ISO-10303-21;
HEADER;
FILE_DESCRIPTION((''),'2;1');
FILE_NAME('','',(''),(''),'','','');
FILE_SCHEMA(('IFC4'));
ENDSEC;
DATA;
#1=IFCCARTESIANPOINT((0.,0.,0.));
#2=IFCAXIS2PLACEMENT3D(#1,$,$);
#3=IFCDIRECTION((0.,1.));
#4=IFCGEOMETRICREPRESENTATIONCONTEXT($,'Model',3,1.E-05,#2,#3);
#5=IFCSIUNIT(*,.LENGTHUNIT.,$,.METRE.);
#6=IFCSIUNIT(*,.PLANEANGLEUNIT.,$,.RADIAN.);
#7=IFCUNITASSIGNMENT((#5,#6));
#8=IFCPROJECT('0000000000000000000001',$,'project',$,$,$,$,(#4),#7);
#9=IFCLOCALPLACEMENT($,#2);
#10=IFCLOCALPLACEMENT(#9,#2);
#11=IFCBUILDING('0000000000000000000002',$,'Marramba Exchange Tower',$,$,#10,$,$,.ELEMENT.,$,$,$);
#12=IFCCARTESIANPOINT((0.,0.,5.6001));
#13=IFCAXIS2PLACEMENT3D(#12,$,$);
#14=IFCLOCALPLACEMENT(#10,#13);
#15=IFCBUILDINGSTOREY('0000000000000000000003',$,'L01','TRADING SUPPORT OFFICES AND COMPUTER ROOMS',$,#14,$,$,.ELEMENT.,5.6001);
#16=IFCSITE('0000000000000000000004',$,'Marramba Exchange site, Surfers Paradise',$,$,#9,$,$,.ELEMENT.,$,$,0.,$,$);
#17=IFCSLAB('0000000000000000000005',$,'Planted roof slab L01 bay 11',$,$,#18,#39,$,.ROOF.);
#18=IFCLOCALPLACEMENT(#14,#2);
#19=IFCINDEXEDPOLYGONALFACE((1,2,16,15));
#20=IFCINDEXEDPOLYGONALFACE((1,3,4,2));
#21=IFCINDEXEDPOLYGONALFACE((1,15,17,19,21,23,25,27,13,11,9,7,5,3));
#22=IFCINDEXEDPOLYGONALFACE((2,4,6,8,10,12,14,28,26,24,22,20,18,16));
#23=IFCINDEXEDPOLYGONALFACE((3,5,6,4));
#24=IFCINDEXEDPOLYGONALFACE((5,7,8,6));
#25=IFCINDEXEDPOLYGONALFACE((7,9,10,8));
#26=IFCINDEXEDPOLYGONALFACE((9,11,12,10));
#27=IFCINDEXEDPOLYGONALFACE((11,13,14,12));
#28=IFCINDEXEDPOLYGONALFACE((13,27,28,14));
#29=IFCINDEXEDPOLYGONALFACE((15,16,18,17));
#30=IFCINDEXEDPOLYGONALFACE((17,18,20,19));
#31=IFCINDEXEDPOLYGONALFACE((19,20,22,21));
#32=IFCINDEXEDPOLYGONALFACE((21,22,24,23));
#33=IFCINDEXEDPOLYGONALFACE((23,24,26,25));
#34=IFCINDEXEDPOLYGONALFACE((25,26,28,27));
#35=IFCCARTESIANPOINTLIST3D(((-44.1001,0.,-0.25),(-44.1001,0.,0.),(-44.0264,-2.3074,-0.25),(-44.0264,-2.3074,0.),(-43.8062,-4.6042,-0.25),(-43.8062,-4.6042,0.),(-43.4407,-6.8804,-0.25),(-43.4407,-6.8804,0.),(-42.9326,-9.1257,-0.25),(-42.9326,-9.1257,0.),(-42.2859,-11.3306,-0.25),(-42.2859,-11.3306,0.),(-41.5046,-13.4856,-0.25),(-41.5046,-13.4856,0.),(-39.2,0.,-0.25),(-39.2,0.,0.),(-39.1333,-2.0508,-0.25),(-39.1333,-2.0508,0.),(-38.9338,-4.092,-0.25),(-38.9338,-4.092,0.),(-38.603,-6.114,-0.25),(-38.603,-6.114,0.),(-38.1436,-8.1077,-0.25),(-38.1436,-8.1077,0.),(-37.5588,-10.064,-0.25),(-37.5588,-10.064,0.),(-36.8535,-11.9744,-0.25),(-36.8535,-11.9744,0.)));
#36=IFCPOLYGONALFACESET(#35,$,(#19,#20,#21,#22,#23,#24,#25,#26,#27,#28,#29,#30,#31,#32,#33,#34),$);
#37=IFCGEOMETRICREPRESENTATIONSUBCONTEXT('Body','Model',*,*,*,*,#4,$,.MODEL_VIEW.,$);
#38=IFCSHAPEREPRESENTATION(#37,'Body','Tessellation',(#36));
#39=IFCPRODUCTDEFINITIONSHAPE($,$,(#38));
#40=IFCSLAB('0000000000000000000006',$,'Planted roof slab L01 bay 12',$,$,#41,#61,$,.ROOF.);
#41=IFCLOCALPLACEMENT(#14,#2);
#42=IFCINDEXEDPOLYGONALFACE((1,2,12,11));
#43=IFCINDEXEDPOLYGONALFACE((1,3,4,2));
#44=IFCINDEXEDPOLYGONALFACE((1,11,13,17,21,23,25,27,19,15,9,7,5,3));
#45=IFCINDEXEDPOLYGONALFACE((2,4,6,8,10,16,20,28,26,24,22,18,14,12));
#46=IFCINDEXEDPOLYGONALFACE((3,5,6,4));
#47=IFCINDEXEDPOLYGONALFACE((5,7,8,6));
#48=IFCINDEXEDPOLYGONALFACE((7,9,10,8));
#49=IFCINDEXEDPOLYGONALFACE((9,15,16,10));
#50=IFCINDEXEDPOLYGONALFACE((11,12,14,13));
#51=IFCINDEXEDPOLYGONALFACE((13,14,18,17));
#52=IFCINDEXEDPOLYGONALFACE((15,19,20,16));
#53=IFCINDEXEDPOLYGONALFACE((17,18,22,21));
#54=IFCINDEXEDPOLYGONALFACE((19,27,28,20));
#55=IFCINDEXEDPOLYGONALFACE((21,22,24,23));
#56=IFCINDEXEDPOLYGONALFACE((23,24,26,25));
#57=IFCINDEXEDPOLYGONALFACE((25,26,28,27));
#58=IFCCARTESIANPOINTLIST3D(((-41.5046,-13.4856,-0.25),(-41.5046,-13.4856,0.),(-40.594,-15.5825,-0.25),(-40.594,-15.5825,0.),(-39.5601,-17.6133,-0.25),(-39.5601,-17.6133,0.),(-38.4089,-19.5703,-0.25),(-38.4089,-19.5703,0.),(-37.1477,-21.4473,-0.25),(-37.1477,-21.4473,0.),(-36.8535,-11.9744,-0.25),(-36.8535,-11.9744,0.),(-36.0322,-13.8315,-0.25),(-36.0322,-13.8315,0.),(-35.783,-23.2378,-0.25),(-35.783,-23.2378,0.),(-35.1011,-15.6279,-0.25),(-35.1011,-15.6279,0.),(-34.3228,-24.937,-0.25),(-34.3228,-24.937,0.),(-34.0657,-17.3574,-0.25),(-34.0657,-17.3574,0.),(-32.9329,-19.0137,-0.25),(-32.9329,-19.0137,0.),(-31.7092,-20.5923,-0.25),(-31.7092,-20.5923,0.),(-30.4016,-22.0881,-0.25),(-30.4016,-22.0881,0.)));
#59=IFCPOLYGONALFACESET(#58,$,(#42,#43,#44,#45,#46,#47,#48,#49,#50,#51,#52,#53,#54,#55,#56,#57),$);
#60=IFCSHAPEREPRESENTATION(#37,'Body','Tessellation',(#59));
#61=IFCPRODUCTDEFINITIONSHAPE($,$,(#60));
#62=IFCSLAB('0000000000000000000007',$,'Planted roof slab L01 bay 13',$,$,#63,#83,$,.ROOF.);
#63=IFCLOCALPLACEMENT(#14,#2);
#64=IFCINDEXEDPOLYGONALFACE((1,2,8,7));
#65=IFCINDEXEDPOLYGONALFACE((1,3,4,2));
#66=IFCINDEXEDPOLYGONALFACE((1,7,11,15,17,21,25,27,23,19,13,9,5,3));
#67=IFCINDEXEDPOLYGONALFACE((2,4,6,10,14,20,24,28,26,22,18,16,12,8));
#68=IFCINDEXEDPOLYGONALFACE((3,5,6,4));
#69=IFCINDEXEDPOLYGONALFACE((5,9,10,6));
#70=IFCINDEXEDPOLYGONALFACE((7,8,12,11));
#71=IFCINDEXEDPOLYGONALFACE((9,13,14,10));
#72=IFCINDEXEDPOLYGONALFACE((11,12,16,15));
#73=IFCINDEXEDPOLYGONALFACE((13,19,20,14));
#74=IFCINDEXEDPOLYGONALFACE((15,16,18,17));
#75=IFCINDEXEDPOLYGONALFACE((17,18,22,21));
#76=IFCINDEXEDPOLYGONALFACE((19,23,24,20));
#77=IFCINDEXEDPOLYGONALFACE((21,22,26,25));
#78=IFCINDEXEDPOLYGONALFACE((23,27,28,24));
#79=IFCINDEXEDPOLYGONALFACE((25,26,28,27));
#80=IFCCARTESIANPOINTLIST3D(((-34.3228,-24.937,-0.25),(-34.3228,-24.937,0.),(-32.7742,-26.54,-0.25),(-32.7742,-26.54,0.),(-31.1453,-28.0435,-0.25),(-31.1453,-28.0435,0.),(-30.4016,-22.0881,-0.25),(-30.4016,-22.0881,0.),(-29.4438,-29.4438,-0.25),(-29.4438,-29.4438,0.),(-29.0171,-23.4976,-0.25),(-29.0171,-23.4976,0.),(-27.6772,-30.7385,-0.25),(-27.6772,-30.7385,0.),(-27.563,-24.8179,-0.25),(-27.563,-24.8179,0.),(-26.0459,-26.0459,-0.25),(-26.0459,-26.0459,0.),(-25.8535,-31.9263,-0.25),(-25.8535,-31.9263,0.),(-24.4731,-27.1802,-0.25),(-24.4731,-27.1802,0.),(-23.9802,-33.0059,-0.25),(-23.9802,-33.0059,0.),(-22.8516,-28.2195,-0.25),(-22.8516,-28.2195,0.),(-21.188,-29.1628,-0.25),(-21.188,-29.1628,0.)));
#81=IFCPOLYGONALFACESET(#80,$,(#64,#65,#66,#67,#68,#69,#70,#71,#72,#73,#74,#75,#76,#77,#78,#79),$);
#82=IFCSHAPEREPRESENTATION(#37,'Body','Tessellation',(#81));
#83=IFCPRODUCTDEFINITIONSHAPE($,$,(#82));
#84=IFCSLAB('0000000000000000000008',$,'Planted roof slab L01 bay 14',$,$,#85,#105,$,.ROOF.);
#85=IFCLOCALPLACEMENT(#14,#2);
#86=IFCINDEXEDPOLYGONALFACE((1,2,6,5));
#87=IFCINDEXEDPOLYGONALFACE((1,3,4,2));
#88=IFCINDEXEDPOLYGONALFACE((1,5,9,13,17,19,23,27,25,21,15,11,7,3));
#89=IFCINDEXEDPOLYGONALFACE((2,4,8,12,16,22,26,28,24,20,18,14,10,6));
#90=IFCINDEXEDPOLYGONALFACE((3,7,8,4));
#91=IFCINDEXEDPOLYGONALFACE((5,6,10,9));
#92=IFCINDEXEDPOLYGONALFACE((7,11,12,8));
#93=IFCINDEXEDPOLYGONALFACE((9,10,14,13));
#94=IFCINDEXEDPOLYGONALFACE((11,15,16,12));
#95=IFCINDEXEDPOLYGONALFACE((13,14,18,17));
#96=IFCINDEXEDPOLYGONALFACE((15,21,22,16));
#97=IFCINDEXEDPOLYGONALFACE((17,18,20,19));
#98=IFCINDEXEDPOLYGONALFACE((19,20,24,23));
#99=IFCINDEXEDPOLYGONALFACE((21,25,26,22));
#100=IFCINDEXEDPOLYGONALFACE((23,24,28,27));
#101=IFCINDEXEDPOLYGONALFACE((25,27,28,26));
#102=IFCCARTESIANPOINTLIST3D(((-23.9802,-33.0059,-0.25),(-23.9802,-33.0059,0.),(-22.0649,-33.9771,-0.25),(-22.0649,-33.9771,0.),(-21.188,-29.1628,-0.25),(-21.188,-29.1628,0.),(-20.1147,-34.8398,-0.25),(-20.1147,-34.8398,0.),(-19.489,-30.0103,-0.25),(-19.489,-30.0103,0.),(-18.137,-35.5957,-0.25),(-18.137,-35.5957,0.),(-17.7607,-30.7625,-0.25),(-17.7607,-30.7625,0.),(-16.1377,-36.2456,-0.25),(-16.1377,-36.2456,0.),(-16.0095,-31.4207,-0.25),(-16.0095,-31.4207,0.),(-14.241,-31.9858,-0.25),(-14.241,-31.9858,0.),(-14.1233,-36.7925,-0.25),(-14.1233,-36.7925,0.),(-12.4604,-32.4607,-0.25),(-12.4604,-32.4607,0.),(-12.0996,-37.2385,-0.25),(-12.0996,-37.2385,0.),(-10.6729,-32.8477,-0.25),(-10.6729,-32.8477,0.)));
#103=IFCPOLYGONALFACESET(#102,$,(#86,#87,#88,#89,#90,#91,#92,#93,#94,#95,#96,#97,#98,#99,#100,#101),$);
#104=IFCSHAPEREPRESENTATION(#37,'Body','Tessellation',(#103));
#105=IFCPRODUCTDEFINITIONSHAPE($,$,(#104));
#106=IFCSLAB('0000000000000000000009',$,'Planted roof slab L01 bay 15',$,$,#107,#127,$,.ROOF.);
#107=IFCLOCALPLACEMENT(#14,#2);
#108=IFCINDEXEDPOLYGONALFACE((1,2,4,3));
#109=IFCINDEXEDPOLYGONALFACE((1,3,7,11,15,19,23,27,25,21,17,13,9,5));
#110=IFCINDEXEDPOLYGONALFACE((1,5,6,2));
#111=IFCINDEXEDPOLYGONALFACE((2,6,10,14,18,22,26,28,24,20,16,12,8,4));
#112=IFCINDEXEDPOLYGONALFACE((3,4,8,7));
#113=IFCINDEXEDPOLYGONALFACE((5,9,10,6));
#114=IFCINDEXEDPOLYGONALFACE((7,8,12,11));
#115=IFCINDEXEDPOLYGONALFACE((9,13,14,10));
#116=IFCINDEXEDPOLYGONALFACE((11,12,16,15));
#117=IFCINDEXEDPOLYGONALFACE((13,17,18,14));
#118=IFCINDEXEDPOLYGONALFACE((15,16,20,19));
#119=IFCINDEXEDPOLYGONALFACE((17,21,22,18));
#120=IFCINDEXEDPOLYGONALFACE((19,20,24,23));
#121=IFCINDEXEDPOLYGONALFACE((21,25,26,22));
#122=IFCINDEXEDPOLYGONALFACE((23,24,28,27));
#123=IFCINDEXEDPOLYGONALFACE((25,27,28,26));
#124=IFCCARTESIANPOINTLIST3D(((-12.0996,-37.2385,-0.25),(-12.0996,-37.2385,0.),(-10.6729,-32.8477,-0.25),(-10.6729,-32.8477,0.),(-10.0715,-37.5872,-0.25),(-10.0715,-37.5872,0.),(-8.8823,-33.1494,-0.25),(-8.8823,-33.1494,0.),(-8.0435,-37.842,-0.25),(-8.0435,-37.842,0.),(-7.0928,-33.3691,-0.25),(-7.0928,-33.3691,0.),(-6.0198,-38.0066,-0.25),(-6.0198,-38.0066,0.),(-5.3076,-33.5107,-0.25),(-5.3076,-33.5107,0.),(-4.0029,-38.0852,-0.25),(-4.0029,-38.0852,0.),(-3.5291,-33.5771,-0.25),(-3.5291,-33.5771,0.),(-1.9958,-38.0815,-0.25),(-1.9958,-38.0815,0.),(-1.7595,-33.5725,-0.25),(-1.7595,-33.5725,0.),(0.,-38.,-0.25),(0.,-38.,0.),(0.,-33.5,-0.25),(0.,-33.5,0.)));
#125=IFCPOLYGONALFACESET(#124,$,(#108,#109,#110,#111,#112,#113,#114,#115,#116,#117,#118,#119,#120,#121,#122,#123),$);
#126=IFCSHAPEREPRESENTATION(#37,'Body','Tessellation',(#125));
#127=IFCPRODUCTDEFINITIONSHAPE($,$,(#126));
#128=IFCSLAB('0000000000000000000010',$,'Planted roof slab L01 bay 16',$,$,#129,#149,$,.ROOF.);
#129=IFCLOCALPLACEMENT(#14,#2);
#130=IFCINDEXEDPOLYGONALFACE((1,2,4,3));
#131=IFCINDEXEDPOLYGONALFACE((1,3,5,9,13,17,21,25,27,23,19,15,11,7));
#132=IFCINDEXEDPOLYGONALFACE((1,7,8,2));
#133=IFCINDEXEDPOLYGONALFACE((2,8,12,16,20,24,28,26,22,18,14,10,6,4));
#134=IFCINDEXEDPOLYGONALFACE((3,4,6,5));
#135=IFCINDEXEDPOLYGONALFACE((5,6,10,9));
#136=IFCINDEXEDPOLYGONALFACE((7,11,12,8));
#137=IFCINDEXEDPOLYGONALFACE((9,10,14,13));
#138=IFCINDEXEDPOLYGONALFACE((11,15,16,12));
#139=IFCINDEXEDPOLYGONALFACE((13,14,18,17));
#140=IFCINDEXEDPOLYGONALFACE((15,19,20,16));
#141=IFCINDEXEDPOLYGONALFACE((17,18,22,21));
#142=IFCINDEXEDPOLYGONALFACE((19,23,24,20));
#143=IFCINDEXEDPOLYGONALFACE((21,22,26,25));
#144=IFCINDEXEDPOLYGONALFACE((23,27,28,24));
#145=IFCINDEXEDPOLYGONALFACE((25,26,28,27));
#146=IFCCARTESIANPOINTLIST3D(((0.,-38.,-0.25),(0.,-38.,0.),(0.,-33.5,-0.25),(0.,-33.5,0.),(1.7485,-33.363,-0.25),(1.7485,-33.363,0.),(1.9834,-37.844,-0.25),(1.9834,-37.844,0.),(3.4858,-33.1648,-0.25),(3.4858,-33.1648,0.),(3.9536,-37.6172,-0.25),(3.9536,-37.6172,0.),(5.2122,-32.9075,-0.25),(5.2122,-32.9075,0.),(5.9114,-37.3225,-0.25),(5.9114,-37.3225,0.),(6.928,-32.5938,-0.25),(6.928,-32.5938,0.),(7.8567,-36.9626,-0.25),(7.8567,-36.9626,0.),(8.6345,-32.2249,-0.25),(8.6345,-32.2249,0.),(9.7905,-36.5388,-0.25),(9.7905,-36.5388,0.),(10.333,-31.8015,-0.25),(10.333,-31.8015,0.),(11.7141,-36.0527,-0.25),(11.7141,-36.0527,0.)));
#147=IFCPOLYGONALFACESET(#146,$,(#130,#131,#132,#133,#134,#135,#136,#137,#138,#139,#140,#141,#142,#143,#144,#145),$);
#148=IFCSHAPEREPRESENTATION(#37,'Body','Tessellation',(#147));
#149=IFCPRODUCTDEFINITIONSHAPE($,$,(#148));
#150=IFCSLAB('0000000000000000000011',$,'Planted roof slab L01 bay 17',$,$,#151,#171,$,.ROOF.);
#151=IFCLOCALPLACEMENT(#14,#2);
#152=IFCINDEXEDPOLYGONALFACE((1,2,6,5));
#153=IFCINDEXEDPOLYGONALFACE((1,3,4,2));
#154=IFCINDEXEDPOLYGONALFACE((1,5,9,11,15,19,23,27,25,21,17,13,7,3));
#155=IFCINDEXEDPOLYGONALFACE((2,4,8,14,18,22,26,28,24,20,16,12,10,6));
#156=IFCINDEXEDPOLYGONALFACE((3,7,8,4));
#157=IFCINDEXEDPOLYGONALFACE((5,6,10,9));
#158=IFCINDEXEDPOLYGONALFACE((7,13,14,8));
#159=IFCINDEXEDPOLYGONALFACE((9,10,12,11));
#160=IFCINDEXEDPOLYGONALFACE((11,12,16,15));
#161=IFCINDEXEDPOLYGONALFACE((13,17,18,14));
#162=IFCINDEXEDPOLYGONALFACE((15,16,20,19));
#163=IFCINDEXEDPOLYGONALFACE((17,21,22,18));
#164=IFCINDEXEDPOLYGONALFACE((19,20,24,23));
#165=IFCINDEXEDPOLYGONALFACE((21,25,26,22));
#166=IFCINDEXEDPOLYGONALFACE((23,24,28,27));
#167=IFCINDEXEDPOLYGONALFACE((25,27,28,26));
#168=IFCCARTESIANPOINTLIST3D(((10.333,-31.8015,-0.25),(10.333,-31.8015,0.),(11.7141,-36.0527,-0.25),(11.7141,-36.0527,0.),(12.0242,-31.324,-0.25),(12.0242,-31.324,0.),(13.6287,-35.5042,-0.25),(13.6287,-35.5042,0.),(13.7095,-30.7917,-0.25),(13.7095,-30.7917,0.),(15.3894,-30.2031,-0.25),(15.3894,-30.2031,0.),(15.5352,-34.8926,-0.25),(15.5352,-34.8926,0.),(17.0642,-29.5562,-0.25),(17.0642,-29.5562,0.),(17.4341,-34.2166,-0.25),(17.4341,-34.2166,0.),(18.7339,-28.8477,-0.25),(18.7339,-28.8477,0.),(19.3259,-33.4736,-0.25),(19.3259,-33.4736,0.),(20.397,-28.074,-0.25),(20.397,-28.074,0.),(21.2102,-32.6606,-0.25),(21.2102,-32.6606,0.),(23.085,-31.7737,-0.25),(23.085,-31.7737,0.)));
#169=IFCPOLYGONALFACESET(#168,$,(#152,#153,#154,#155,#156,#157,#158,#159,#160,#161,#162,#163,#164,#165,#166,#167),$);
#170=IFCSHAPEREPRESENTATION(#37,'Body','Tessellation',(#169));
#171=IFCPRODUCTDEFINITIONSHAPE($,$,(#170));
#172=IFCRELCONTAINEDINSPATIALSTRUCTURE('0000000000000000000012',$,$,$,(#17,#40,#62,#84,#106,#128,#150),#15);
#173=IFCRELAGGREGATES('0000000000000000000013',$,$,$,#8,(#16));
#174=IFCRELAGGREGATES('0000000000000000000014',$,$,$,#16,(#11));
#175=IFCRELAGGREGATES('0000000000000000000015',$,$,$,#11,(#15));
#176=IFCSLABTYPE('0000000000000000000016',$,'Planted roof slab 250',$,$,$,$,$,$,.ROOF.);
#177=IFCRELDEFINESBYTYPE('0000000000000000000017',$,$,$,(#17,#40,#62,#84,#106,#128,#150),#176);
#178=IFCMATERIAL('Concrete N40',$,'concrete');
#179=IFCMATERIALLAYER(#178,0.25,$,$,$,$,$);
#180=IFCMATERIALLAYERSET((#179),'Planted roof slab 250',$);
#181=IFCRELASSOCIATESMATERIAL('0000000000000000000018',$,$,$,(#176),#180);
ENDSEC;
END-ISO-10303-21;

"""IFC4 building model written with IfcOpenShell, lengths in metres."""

from ifc_helpers import new_model, si_unit, direction, frame, origin, place, context, subcontext, project, spatial, polyline, outline, extrude, material, layer, layer_set, type_object, element, save


model = new_model("IFC4")

# Units and contexts
model_context = context("Model", 3, precision=1e-05, world=origin(), true_north=direction((0.0, 1.0)))
body_context = subcontext(model_context, "Body", "Model", "MODEL_VIEW")
ifc_project = project(units=[si_unit("LENGTHUNIT", "METRE"), si_unit("PLANEANGLEUNIT", "RADIAN")], contexts=[model_context])

# Site, building, storey
site_placement = place(None, origin())
site = spatial("IfcSite", under=ifc_project, at=site_placement, Name="Marramba Exchange site, Surfers Paradise", CompositionType="ELEMENT", RefElevation=0.0)
building_placement = place(site_placement, origin())
building = spatial("IfcBuilding", under=site, at=building_placement, Name="Marramba Exchange Tower", CompositionType="ELEMENT")
storey_placement = place(building_placement, frame((0.0, 0.0, 5.6001)))
storey = spatial("IfcBuildingStorey", under=building, at=storey_placement, Name="L01", Description="TRADING SUPPORT OFFICES AND COMPUTER ROOMS", CompositionType="ELEMENT", Elevation=5.6001)

# Slabs
ifc_material_1 = material(Name="Concrete N40", Category="concrete")
ifc_layer_1 = layer(ifc_material_1, 0.25)
ifc_layer_set_1 = layer_set([ifc_layer_1], Name="Planted roof slab 250")
slab_type_1 = type_object("IfcSlabType", Name="Planted roof slab 250", PredefinedType="ROOF", material=ifc_layer_set_1)
slab_1_placement = place(storey_placement, frame((0.0, 0.0, -0.25)))
element("IfcSlab", 1, at=slab_1_placement, inside=storey, type_object=slab_type_1, Name="Planted roof slab L01 bay 11", PredefinedType="ROOF", context=body_context, shape_type="SweptSolid", body=[
    extrude(outline(polyline([(-42.2859, -11.3306), (-42.9326, -9.1257), (-43.4407, -6.8804), (-43.8062, -4.6042), (-44.0264, -2.3074), (-44.1001, 0.0), (-39.2, 0.0), (-39.1333, -2.0508), (-38.9338, -4.092), (-38.603, -6.114), (-38.1436, -8.1077), (-37.5588, -10.064), (-36.8535, -11.9744), (-41.5046, -13.4856), (-42.2859, -11.3306)])), origin(), (0.0, 0.0, 1.0), 0.25),
])
slab_2_placement = place(storey_placement, frame((0.0, 0.0, -0.25)))
element("IfcSlab", 2, at=slab_2_placement, inside=storey, type_object=slab_type_1, Name="Planted roof slab L01 bay 12", PredefinedType="ROOF", context=body_context, shape_type="SweptSolid", body=[
    extrude(outline(polyline([(-35.783, -23.2378), (-37.1477, -21.4473), (-38.4089, -19.5703), (-39.5601, -17.6133), (-40.594, -15.5825), (-41.5046, -13.4856), (-36.8535, -11.9744), (-36.0322, -13.8315), (-35.1011, -15.6279), (-34.0657, -17.3574), (-32.9329, -19.0137), (-31.7092, -20.5923), (-30.4016, -22.0881), (-34.3228, -24.937), (-35.783, -23.2378)])), origin(), (0.0, 0.0, 1.0), 0.25),
])
slab_3_placement = place(storey_placement, frame((0.0, 0.0, -0.25)))
element("IfcSlab", 3, at=slab_3_placement, inside=storey, type_object=slab_type_1, Name="Planted roof slab L01 bay 13", PredefinedType="ROOF", context=body_context, shape_type="SweptSolid", body=[
    extrude(outline(polyline([(-23.9802, -33.0059), (-25.8535, -31.9263), (-27.6772, -30.7385), (-29.4438, -29.4438), (-31.1453, -28.0435), (-32.7742, -26.54), (-34.3228, -24.937), (-30.4016, -22.0881), (-29.0171, -23.4976), (-27.563, -24.8179), (-26.0459, -26.0459), (-24.4731, -27.1802), (-22.8516, -28.2195), (-21.188, -29.1628), (-23.9802, -33.0059)])), origin(), (0.0, 0.0, 1.0), 0.25),
])
slab_4_placement = place(storey_placement, frame((0.0, 0.0, -0.25)))
element("IfcSlab", 4, at=slab_4_placement, inside=storey, type_object=slab_type_1, Name="Planted roof slab L01 bay 14", PredefinedType="ROOF", context=body_context, shape_type="SweptSolid", body=[
    extrude(outline(polyline([(-14.1233, -36.7925), (-16.1377, -36.2456), (-18.137, -35.5957), (-20.1147, -34.8398), (-22.0649, -33.9771), (-23.9802, -33.0059), (-21.188, -29.1628), (-19.489, -30.0103), (-17.7607, -30.7625), (-16.0095, -31.4207), (-14.241, -31.9858), (-12.4604, -32.4607), (-10.6729, -32.8477), (-12.0996, -37.2385), (-14.1233, -36.7925)])), origin(), (0.0, 0.0, 1.0), 0.25),
])
slab_5_placement = place(storey_placement, frame((0.0, 0.0, -0.25)))
element("IfcSlab", 5, at=slab_5_placement, inside=storey, type_object=slab_type_1, Name="Planted roof slab L01 bay 15", PredefinedType="ROOF", context=body_context, shape_type="SweptSolid", body=[
    extrude(outline(polyline([(-1.9958, -38.0815), (-4.0029, -38.0852), (-6.0198, -38.0066), (-8.0435, -37.842), (-10.0715, -37.5872), (-12.0996, -37.2385), (-10.6729, -32.8477), (-8.8823, -33.1494), (-7.0928, -33.3691), (-5.3076, -33.5107), (-3.5291, -33.5771), (-1.7595, -33.5725), (0.0, -33.5), (0.0, -38.0), (-1.9958, -38.0815)])), origin(), (0.0, 0.0, 1.0), 0.25),
])
slab_6_placement = place(storey_placement, frame((0.0, 0.0, -0.25)))
element("IfcSlab", 6, at=slab_6_placement, inside=storey, type_object=slab_type_1, Name="Planted roof slab L01 bay 16", PredefinedType="ROOF", context=body_context, shape_type="SweptSolid", body=[
    extrude(outline(polyline([(11.7141, -36.0527), (9.7905, -36.5388), (7.8567, -36.9626), (5.9114, -37.3225), (3.9536, -37.6172), (1.9834, -37.844), (0.0, -38.0), (0.0, -33.5), (1.7485, -33.363), (3.4858, -33.1648), (5.2122, -32.9075), (6.928, -32.5938), (8.6345, -32.2249), (10.333, -31.8015), (11.7141, -36.0527)])), origin(), (0.0, 0.0, 1.0), 0.25),
])
slab_7_placement = place(storey_placement, frame((0.0, 0.0, -0.25)))
element("IfcSlab", 7, at=slab_7_placement, inside=storey, type_object=slab_type_1, Name="Planted roof slab L01 bay 17", PredefinedType="ROOF", context=body_context, shape_type="SweptSolid", body=[
    extrude(outline(polyline([(21.2102, -32.6606), (19.3259, -33.4736), (17.4341, -34.2166), (15.5352, -34.8926), (13.6287, -35.5042), (11.7141, -36.0527), (10.333, -31.8015), (12.0242, -31.324), (13.7095, -30.7917), (15.3894, -30.2031), (17.0642, -29.5562), (18.7339, -28.8477), (20.397, -28.074), (23.085, -31.7737), (21.2102, -32.6606)])), origin(), (0.0, 0.0, 1.0), 0.25),
])

save(model, "model.ifc")
